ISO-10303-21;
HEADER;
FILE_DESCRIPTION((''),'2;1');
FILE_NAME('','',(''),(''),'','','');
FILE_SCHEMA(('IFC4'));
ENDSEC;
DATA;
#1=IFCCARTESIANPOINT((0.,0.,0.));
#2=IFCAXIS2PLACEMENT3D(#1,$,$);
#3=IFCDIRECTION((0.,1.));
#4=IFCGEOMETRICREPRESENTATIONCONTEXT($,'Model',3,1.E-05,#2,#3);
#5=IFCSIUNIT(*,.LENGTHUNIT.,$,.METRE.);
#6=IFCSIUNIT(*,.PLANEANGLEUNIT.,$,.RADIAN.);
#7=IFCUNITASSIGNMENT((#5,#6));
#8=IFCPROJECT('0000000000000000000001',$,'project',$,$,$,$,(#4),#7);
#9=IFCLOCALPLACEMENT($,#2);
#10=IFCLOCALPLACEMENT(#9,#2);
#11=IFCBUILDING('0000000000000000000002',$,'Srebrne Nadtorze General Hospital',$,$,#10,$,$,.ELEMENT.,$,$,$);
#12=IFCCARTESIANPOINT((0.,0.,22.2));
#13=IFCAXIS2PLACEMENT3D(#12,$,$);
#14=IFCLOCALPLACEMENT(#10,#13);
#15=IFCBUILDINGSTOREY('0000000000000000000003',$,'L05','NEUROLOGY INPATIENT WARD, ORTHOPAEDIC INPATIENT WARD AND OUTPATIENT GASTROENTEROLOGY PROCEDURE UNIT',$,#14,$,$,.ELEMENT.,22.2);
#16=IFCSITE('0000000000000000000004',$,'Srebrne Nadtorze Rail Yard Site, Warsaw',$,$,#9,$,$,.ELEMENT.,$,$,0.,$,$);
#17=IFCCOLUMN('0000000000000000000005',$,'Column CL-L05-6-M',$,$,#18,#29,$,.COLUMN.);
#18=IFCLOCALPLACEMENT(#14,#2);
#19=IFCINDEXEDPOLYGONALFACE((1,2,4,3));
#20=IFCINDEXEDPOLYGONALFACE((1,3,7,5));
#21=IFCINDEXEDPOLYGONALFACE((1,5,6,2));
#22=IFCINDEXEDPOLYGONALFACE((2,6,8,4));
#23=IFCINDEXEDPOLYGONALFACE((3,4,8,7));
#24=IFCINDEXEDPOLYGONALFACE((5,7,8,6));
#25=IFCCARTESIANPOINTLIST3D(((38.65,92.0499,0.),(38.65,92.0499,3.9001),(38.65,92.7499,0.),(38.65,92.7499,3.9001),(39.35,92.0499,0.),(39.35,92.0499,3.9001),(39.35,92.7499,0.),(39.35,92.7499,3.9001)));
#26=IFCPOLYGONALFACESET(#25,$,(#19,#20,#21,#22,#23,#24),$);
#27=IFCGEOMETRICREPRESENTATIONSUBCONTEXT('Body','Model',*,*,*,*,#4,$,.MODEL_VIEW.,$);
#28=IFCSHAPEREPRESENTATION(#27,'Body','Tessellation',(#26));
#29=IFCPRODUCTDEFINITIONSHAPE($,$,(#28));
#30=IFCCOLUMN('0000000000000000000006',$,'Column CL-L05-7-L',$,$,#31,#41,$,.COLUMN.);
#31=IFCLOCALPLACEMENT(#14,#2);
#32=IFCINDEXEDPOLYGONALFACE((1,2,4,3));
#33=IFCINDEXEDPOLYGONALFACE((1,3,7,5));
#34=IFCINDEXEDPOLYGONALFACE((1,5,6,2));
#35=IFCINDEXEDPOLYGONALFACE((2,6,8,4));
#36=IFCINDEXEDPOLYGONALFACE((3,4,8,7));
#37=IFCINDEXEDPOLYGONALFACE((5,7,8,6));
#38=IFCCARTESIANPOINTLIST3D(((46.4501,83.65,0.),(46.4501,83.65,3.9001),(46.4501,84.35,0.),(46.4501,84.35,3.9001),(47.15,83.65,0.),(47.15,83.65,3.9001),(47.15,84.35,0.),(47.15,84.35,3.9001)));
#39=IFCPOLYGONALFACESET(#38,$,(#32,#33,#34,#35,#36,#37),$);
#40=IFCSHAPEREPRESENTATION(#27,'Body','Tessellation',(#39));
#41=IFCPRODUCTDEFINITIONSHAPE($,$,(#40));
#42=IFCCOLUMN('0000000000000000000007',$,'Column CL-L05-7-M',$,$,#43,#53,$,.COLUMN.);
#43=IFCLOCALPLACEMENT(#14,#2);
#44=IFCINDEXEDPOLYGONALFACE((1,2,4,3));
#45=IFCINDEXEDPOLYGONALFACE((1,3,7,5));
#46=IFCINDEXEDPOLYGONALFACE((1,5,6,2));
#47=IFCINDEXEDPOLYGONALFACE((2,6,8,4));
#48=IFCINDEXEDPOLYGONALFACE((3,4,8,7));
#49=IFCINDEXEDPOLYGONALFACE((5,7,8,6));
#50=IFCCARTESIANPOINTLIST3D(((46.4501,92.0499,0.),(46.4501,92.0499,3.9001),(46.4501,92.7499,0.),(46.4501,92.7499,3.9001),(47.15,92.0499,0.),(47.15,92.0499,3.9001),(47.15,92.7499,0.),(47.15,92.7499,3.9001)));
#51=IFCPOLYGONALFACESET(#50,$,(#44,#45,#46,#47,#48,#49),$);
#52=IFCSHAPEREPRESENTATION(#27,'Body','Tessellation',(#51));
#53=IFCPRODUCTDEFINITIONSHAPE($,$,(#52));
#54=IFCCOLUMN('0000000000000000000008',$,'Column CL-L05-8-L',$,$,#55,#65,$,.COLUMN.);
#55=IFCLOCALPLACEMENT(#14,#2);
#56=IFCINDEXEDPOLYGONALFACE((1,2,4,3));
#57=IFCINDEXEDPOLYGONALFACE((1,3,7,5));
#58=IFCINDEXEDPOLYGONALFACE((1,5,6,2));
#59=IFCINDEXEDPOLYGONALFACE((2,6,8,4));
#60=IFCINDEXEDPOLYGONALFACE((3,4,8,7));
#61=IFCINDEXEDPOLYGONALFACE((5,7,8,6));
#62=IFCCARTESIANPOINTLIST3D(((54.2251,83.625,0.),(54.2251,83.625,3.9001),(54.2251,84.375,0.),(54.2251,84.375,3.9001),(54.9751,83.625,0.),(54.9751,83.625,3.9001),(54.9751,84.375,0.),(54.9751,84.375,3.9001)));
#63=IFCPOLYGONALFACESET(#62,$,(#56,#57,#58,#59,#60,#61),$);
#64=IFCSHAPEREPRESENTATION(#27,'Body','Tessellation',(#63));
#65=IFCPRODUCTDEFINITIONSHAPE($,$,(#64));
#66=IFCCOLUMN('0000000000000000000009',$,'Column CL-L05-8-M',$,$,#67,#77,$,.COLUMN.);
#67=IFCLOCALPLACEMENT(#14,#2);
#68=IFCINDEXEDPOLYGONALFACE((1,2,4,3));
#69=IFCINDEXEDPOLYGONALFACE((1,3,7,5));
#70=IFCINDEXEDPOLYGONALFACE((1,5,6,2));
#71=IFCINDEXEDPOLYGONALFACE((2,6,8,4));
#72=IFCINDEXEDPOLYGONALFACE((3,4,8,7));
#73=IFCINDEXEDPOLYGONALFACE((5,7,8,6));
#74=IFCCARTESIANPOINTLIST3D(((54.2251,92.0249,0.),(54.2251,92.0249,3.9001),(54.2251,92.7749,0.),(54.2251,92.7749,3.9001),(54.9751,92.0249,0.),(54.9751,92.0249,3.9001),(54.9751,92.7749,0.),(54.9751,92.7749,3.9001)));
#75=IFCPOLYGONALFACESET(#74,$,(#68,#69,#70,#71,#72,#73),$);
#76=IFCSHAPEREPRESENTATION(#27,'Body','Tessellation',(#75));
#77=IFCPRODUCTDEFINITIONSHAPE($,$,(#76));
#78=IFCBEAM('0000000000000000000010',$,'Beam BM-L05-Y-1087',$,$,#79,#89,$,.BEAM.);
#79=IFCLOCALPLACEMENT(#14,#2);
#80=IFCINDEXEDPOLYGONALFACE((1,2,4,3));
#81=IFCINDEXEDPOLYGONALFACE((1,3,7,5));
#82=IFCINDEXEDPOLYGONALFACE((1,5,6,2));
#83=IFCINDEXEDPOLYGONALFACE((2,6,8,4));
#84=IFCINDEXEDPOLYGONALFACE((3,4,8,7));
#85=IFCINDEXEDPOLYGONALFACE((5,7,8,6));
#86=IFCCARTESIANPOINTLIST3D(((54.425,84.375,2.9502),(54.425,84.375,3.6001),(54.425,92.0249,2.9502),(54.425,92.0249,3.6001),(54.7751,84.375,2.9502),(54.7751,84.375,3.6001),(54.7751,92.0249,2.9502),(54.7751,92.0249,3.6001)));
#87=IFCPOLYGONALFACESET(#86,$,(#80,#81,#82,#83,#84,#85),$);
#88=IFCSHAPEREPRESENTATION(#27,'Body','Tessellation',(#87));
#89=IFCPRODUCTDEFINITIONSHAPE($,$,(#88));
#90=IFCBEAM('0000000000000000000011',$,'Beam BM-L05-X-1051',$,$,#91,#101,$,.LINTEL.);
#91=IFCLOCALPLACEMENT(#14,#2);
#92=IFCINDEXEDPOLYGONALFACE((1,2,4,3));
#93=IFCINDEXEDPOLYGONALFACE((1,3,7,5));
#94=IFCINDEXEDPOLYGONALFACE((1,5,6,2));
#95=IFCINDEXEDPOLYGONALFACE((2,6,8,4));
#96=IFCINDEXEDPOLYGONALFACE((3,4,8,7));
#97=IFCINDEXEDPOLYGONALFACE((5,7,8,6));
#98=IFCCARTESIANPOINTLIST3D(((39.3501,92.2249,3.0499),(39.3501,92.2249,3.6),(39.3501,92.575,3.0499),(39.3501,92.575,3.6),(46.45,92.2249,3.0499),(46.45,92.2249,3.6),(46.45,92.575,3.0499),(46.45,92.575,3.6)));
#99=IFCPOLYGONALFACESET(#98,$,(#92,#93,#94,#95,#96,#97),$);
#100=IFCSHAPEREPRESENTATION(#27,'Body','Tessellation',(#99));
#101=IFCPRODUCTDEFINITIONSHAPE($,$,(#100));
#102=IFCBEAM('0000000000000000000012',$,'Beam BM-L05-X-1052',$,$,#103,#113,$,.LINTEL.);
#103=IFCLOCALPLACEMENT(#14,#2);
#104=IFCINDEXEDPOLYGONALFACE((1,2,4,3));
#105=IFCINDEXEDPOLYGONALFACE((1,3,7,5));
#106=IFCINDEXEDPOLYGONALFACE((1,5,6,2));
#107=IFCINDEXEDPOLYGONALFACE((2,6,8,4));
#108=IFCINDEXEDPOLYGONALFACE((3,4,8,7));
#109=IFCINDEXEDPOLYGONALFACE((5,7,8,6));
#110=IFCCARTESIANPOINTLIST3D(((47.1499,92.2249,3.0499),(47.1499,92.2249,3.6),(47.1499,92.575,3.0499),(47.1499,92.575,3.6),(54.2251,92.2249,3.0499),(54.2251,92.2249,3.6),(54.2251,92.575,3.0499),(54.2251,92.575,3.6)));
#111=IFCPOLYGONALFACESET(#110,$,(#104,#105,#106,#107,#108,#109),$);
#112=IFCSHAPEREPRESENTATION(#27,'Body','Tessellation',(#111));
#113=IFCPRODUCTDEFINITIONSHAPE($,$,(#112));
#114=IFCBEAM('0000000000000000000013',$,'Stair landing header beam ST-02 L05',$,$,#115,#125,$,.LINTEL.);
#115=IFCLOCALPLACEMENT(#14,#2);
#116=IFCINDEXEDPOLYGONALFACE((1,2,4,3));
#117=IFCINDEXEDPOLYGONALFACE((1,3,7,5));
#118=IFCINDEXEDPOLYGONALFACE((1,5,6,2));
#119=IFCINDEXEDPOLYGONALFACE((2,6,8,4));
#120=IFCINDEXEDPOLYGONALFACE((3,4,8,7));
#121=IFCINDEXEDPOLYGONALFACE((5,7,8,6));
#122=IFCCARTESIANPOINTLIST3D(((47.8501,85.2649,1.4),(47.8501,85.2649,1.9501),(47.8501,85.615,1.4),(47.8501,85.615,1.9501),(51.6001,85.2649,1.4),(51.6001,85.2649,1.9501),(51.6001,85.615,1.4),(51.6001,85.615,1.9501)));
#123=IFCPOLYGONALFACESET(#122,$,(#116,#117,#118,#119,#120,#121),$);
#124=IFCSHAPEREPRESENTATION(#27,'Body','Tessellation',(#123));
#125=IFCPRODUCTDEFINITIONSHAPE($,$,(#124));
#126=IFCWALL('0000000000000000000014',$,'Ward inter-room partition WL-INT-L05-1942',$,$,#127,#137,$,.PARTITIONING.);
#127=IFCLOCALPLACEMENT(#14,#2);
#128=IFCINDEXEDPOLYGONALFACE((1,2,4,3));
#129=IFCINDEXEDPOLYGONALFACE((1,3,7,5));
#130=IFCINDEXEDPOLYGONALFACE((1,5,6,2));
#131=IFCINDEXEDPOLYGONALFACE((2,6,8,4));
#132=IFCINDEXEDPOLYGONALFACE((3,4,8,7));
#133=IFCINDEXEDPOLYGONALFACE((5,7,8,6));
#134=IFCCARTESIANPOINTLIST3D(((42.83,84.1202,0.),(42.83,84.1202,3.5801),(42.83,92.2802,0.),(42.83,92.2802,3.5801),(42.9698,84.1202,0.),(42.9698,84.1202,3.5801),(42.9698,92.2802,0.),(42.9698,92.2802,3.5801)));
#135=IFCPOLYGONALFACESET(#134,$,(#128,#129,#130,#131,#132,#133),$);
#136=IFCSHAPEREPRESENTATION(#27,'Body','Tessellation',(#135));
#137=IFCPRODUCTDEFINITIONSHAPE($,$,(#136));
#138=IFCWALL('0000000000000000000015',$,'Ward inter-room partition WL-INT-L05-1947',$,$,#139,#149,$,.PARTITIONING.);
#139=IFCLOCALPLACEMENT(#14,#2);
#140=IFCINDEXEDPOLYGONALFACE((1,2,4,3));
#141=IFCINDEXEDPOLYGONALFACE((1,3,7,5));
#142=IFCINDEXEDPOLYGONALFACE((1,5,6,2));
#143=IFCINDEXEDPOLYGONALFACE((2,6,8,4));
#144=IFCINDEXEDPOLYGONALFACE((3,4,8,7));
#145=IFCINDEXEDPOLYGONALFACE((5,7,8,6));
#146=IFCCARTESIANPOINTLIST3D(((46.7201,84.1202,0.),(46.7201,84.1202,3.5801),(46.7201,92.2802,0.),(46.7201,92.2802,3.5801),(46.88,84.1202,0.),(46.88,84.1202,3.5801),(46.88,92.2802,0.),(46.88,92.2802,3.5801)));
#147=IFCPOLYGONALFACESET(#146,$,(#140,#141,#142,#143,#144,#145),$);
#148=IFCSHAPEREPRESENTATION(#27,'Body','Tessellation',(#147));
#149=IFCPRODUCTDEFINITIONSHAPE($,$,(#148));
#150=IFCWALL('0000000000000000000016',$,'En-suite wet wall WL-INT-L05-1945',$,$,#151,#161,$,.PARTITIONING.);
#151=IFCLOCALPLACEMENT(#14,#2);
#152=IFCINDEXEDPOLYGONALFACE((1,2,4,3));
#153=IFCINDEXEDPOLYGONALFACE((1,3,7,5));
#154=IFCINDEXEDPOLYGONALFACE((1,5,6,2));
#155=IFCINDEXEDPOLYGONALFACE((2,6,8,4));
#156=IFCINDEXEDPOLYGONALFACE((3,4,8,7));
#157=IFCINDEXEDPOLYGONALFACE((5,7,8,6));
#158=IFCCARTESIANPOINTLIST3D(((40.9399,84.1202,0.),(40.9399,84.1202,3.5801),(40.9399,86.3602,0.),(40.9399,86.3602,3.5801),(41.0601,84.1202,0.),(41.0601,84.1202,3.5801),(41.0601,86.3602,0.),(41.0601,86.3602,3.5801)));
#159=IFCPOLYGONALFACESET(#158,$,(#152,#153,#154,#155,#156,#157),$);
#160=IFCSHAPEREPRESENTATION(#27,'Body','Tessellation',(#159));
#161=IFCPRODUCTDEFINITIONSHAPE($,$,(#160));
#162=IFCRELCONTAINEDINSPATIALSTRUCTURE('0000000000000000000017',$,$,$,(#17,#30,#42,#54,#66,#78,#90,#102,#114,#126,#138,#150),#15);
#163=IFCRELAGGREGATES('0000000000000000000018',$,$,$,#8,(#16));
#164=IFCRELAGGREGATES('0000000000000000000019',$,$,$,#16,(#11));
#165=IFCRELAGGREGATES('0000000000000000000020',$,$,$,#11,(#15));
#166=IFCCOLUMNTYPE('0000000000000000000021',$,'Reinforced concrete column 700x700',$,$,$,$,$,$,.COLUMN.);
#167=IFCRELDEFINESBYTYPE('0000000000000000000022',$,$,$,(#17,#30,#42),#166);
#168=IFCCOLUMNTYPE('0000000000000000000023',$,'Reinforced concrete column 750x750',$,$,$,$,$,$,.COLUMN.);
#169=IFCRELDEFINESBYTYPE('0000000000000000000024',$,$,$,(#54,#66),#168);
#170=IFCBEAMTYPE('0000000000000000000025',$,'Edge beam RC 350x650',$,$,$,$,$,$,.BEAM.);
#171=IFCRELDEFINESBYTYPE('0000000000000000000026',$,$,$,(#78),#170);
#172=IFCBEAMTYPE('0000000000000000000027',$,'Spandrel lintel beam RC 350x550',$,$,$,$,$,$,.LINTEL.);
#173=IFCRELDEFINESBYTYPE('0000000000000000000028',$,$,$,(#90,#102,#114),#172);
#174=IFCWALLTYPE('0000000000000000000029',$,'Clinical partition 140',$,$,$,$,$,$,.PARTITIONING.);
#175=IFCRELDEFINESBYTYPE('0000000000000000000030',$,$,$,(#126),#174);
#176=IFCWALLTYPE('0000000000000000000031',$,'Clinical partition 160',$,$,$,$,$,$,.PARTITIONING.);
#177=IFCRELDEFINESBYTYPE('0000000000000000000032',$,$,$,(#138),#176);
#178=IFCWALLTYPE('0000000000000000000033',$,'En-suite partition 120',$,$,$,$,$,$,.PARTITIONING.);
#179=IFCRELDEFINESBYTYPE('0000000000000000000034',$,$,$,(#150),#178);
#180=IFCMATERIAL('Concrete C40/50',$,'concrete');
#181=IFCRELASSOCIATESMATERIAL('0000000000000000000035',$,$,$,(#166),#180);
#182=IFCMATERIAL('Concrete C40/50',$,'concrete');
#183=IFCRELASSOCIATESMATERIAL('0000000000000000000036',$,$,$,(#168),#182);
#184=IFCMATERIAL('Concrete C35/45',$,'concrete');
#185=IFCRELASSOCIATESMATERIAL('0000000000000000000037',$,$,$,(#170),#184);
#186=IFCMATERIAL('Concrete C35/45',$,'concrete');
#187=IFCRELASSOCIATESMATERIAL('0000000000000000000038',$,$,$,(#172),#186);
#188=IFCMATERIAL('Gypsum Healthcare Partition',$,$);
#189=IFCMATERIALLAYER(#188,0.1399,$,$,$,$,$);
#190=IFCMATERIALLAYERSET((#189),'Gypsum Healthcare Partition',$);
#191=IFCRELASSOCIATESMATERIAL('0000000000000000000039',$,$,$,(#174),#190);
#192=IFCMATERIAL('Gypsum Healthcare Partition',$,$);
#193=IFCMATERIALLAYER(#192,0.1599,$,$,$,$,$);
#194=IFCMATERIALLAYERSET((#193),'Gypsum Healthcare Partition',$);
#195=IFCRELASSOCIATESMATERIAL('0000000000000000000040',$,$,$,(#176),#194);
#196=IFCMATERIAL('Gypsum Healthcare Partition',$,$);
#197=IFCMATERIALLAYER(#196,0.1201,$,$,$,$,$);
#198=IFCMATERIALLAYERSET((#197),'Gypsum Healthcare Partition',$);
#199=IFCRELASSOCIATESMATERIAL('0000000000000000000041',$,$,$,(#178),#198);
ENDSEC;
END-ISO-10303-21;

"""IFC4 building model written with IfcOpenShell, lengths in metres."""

from ifc_helpers import new_model, si_unit, direction, frame, frame_2d, origin, origin_2d, place, context, subcontext, project, spatial, rectangle, extrude, material, layer, layer_set, material_profile, profile_set, type_object, element, save


model = new_model("IFC4")

# Units and contexts
model_context = context("Model", 3, precision=1e-05, world=origin(), true_north=direction((0.0, 1.0)))
body_context = subcontext(model_context, "Body", "Model", "MODEL_VIEW")
ifc_project = project(units=[si_unit("LENGTHUNIT", "METRE"), si_unit("PLANEANGLEUNIT", "RADIAN")], contexts=[model_context])

# Site, building, storey
site_placement = place(None, origin())
site = spatial("IfcSite", under=ifc_project, at=site_placement, Name="Srebrne Nadtorze Rail Yard Site, Warsaw", CompositionType="ELEMENT", RefElevation=0.0)
building_placement = place(site_placement, origin())
building = spatial("IfcBuilding", under=site, at=building_placement, Name="Srebrne Nadtorze General Hospital", CompositionType="ELEMENT")
storey_placement = place(building_placement, frame((0.0, 0.0, 22.2)))
storey = spatial("IfcBuildingStorey", under=building, at=storey_placement, Name="L05", Description="NEUROLOGY INPATIENT WARD, ORTHOPAEDIC INPATIENT WARD AND OUTPATIENT GASTROENTEROLOGY PROCEDURE UNIT", CompositionType="ELEMENT", Elevation=22.2)

# Columns
ifc_material_1 = material(Name="Concrete C40/50", Category="concrete")
ifc_material_profile_1 = material_profile(ifc_material_1, rectangle(XDim=0.7, YDim=0.7, at=origin_2d()), Name="RC-COL-700x700")
ifc_profile_set_1 = profile_set([ifc_material_profile_1], Name="Concrete C40/50")
column_type_1 = type_object("IfcColumnType", Name="Reinforced concrete column 700x700", PredefinedType="COLUMN", material=ifc_profile_set_1)
for number, where, z_axis, x_axis, name in (
    (1, (39.0, 92.3999, 0.0), (0.0, 0.0, 1.0), (1.0, 0.0, 0.0), "Column CL-L05-6-M"),
    (2, (46.8, 84.0, 0.0), (0.0, 0.0, 1.0), (1.0, 0.0, 0.0), "Column CL-L05-7-L"),
    (3, (46.8, 92.3999, 0.0), (0.0, 0.0, 1.0), (1.0, 0.0, 0.0), "Column CL-L05-7-M"),
):
    element("IfcColumn", number, at=place(storey_placement, frame(where, z_axis=z_axis, x_axis=x_axis)), inside=storey, type_object=column_type_1, Name=name, PredefinedType="COLUMN", context=body_context, shape_type="SweptSolid", body=[
        extrude(rectangle(XDim=0.7, YDim=0.7, at=origin_2d()), origin(), (0.0, 0.0, 1.0), 3.9001),
    ])
ifc_material_2 = material(Name="Concrete C40/50", Category="concrete")
ifc_material_profile_2 = material_profile(ifc_material_2, rectangle(XDim=0.75, YDim=0.75, at=origin_2d()), Name="RC-COL-750x750")
ifc_profile_set_2 = profile_set([ifc_material_profile_2], Name="Concrete C40/50")
column_type_2 = type_object("IfcColumnType", Name="Reinforced concrete column 750x750", PredefinedType="COLUMN", material=ifc_profile_set_2)
for number, where, z_axis, x_axis, name in (
    (4, (54.6001, 84.0, 0.0), (0.0, 0.0, 1.0), (1.0, 0.0, 0.0), "Column CL-L05-8-L"),
    (5, (54.6001, 92.3999, 0.0), (0.0, 0.0, 1.0), (1.0, 0.0, 0.0), "Column CL-L05-8-M"),
):
    element("IfcColumn", number, at=place(storey_placement, frame(where, z_axis=z_axis, x_axis=x_axis)), inside=storey, type_object=column_type_2, Name=name, PredefinedType="COLUMN", context=body_context, shape_type="SweptSolid", body=[
        extrude(rectangle(XDim=0.75, YDim=0.75, at=origin_2d()), origin(), (0.0, 0.0, 1.0), 3.9001),
    ])

# Beams
ifc_material_3 = material(Name="Concrete C35/45", Category="concrete")
ifc_material_profile_3 = material_profile(ifc_material_3, rectangle(XDim=0.3501, YDim=0.6499, at=origin_2d()), Name="RC-BM-350x650")
ifc_profile_set_3 = profile_set([ifc_material_profile_3], Name="Concrete C35/45")
beam_type_1 = type_object("IfcBeamType", Name="Edge beam RC 350x650", PredefinedType="BEAM", material=ifc_profile_set_3)
beam_1_placement = place(storey_placement, frame((54.6001, 84.375, 3.2751), z_axis=(0.0, 1.0, 0.0), x_axis=(-1.0, 0.0, 0.0)))
element("IfcBeam", 6, at=beam_1_placement, inside=storey, type_object=beam_type_1, Name="Beam BM-L05-Y-1087", PredefinedType="BEAM", context=body_context, shape_type="SweptSolid", body=[
    extrude(rectangle(XDim=0.3501, YDim=0.6499, at=origin_2d()), origin(), (0.0, 0.0, 1.0), 7.6499),
])
ifc_material_4 = material(Name="Concrete C35/45", Category="concrete")
ifc_material_profile_4 = material_profile(ifc_material_4, rectangle(XDim=0.3501, YDim=0.55, at=origin_2d()), Name="RC-BM-350x550")
ifc_profile_set_4 = profile_set([ifc_material_profile_4], Name="Concrete C35/45")
beam_type_2 = type_object("IfcBeamType", Name="Spandrel lintel beam RC 350x550", PredefinedType="LINTEL", material=ifc_profile_set_4)
beam_2_placement = place(storey_placement, frame((39.3501, 92.3999, 3.325), z_axis=(1.0, 0.0, 0.0), x_axis=(0.0, 1.0, 0.0)))
element("IfcBeam", 7, at=beam_2_placement, inside=storey, type_object=beam_type_2, Name="Beam BM-L05-X-1051", PredefinedType="LINTEL", context=body_context, shape_type="SweptSolid", body=[
    extrude(rectangle(XDim=0.3501, YDim=0.55, at=origin_2d()), origin(), (0.0, 0.0, 1.0), 7.0999),
])
beam_3_placement = place(storey_placement, frame((47.1499, 92.3999, 3.325), z_axis=(1.0, 0.0, 0.0), x_axis=(0.0, 1.0, 0.0)))
element("IfcBeam", 8, at=beam_3_placement, inside=storey, type_object=beam_type_2, Name="Beam BM-L05-X-1052", PredefinedType="LINTEL", context=body_context, shape_type="SweptSolid", body=[
    extrude(rectangle(XDim=0.3501, YDim=0.55, at=origin_2d()), origin(), (0.0, 0.0, 1.0), 7.0752),
])
beam_4_placement = place(storey_placement, frame((47.8501, 85.4399, 1.675), z_axis=(1.0, 0.0, 0.0), x_axis=(0.0, 1.0, 0.0)))
element("IfcBeam", 9, at=beam_4_placement, inside=storey, type_object=beam_type_2, Name="Stair landing header beam ST-02 L05", PredefinedType="LINTEL", context=body_context, shape_type="SweptSolid", body=[
    extrude(rectangle(XDim=0.3501, YDim=0.55, at=origin_2d()), origin(), (0.0, 0.0, 1.0), 3.75),
])

# Walls
ifc_material_5 = material(Name="Gypsum Healthcare Partition")
ifc_layer_1 = layer(ifc_material_5, 0.1399)
ifc_layer_set_1 = layer_set([ifc_layer_1], Name="Gypsum Healthcare Partition")
wall_type_1 = type_object("IfcWallType", Name="Clinical partition 140", PredefinedType="PARTITIONING", material=ifc_layer_set_1)
wall_1_placement = place(storey_placement, frame((42.8999, 84.1201, 0.0), z_axis=(0.0, 0.0, 1.0), x_axis=(0.0, 1.0, 0.0)))
element("IfcWall", 10, at=wall_1_placement, inside=storey, type_object=wall_type_1, Name="Ward inter-room partition WL-INT-L05-1942", PredefinedType="PARTITIONING", context=body_context, shape_type="SweptSolid", body=[
    extrude(rectangle(XDim=8.1599, YDim=0.1399, at=frame_2d((4.0801, 0.0))), origin(), (0.0, 0.0, 1.0), 3.5801),
])
ifc_material_6 = material(Name="Gypsum Healthcare Partition")
ifc_layer_2 = layer(ifc_material_6, 0.1599)
ifc_layer_set_2 = layer_set([ifc_layer_2], Name="Gypsum Healthcare Partition")
wall_type_2 = type_object("IfcWallType", Name="Clinical partition 160", PredefinedType="PARTITIONING", material=ifc_layer_set_2)
wall_2_placement = place(storey_placement, frame((46.8, 84.1201, 0.0), z_axis=(0.0, 0.0, 1.0), x_axis=(0.0, 1.0, 0.0)))
element("IfcWall", 11, at=wall_2_placement, inside=storey, type_object=wall_type_2, Name="Ward inter-room partition WL-INT-L05-1947", PredefinedType="PARTITIONING", context=body_context, shape_type="SweptSolid", body=[
    extrude(rectangle(XDim=8.1599, YDim=0.1599, at=frame_2d((4.0801, 0.0))), origin(), (0.0, 0.0, 1.0), 3.5801),
])
ifc_material_7 = material(Name="Gypsum Healthcare Partition")
ifc_layer_3 = layer(ifc_material_7, 0.1201)
ifc_layer_set_3 = layer_set([ifc_layer_3], Name="Gypsum Healthcare Partition")
wall_type_3 = type_object("IfcWallType", Name="En-suite partition 120", PredefinedType="PARTITIONING", material=ifc_layer_set_3)
wall_3_placement = place(storey_placement, frame((41.0, 84.1201, 0.0), z_axis=(0.0, 0.0, 1.0), x_axis=(0.0, 1.0, 0.0)))
element("IfcWall", 12, at=wall_3_placement, inside=storey, type_object=wall_type_3, Name="En-suite wet wall WL-INT-L05-1945", PredefinedType="PARTITIONING", context=body_context, shape_type="SweptSolid", body=[
    extrude(rectangle(XDim=2.24, YDim=0.1201, at=frame_2d((1.1201, 0.0))), origin(), (0.0, 0.0, 1.0), 3.5801),
])

save(model, "model.ifc")
